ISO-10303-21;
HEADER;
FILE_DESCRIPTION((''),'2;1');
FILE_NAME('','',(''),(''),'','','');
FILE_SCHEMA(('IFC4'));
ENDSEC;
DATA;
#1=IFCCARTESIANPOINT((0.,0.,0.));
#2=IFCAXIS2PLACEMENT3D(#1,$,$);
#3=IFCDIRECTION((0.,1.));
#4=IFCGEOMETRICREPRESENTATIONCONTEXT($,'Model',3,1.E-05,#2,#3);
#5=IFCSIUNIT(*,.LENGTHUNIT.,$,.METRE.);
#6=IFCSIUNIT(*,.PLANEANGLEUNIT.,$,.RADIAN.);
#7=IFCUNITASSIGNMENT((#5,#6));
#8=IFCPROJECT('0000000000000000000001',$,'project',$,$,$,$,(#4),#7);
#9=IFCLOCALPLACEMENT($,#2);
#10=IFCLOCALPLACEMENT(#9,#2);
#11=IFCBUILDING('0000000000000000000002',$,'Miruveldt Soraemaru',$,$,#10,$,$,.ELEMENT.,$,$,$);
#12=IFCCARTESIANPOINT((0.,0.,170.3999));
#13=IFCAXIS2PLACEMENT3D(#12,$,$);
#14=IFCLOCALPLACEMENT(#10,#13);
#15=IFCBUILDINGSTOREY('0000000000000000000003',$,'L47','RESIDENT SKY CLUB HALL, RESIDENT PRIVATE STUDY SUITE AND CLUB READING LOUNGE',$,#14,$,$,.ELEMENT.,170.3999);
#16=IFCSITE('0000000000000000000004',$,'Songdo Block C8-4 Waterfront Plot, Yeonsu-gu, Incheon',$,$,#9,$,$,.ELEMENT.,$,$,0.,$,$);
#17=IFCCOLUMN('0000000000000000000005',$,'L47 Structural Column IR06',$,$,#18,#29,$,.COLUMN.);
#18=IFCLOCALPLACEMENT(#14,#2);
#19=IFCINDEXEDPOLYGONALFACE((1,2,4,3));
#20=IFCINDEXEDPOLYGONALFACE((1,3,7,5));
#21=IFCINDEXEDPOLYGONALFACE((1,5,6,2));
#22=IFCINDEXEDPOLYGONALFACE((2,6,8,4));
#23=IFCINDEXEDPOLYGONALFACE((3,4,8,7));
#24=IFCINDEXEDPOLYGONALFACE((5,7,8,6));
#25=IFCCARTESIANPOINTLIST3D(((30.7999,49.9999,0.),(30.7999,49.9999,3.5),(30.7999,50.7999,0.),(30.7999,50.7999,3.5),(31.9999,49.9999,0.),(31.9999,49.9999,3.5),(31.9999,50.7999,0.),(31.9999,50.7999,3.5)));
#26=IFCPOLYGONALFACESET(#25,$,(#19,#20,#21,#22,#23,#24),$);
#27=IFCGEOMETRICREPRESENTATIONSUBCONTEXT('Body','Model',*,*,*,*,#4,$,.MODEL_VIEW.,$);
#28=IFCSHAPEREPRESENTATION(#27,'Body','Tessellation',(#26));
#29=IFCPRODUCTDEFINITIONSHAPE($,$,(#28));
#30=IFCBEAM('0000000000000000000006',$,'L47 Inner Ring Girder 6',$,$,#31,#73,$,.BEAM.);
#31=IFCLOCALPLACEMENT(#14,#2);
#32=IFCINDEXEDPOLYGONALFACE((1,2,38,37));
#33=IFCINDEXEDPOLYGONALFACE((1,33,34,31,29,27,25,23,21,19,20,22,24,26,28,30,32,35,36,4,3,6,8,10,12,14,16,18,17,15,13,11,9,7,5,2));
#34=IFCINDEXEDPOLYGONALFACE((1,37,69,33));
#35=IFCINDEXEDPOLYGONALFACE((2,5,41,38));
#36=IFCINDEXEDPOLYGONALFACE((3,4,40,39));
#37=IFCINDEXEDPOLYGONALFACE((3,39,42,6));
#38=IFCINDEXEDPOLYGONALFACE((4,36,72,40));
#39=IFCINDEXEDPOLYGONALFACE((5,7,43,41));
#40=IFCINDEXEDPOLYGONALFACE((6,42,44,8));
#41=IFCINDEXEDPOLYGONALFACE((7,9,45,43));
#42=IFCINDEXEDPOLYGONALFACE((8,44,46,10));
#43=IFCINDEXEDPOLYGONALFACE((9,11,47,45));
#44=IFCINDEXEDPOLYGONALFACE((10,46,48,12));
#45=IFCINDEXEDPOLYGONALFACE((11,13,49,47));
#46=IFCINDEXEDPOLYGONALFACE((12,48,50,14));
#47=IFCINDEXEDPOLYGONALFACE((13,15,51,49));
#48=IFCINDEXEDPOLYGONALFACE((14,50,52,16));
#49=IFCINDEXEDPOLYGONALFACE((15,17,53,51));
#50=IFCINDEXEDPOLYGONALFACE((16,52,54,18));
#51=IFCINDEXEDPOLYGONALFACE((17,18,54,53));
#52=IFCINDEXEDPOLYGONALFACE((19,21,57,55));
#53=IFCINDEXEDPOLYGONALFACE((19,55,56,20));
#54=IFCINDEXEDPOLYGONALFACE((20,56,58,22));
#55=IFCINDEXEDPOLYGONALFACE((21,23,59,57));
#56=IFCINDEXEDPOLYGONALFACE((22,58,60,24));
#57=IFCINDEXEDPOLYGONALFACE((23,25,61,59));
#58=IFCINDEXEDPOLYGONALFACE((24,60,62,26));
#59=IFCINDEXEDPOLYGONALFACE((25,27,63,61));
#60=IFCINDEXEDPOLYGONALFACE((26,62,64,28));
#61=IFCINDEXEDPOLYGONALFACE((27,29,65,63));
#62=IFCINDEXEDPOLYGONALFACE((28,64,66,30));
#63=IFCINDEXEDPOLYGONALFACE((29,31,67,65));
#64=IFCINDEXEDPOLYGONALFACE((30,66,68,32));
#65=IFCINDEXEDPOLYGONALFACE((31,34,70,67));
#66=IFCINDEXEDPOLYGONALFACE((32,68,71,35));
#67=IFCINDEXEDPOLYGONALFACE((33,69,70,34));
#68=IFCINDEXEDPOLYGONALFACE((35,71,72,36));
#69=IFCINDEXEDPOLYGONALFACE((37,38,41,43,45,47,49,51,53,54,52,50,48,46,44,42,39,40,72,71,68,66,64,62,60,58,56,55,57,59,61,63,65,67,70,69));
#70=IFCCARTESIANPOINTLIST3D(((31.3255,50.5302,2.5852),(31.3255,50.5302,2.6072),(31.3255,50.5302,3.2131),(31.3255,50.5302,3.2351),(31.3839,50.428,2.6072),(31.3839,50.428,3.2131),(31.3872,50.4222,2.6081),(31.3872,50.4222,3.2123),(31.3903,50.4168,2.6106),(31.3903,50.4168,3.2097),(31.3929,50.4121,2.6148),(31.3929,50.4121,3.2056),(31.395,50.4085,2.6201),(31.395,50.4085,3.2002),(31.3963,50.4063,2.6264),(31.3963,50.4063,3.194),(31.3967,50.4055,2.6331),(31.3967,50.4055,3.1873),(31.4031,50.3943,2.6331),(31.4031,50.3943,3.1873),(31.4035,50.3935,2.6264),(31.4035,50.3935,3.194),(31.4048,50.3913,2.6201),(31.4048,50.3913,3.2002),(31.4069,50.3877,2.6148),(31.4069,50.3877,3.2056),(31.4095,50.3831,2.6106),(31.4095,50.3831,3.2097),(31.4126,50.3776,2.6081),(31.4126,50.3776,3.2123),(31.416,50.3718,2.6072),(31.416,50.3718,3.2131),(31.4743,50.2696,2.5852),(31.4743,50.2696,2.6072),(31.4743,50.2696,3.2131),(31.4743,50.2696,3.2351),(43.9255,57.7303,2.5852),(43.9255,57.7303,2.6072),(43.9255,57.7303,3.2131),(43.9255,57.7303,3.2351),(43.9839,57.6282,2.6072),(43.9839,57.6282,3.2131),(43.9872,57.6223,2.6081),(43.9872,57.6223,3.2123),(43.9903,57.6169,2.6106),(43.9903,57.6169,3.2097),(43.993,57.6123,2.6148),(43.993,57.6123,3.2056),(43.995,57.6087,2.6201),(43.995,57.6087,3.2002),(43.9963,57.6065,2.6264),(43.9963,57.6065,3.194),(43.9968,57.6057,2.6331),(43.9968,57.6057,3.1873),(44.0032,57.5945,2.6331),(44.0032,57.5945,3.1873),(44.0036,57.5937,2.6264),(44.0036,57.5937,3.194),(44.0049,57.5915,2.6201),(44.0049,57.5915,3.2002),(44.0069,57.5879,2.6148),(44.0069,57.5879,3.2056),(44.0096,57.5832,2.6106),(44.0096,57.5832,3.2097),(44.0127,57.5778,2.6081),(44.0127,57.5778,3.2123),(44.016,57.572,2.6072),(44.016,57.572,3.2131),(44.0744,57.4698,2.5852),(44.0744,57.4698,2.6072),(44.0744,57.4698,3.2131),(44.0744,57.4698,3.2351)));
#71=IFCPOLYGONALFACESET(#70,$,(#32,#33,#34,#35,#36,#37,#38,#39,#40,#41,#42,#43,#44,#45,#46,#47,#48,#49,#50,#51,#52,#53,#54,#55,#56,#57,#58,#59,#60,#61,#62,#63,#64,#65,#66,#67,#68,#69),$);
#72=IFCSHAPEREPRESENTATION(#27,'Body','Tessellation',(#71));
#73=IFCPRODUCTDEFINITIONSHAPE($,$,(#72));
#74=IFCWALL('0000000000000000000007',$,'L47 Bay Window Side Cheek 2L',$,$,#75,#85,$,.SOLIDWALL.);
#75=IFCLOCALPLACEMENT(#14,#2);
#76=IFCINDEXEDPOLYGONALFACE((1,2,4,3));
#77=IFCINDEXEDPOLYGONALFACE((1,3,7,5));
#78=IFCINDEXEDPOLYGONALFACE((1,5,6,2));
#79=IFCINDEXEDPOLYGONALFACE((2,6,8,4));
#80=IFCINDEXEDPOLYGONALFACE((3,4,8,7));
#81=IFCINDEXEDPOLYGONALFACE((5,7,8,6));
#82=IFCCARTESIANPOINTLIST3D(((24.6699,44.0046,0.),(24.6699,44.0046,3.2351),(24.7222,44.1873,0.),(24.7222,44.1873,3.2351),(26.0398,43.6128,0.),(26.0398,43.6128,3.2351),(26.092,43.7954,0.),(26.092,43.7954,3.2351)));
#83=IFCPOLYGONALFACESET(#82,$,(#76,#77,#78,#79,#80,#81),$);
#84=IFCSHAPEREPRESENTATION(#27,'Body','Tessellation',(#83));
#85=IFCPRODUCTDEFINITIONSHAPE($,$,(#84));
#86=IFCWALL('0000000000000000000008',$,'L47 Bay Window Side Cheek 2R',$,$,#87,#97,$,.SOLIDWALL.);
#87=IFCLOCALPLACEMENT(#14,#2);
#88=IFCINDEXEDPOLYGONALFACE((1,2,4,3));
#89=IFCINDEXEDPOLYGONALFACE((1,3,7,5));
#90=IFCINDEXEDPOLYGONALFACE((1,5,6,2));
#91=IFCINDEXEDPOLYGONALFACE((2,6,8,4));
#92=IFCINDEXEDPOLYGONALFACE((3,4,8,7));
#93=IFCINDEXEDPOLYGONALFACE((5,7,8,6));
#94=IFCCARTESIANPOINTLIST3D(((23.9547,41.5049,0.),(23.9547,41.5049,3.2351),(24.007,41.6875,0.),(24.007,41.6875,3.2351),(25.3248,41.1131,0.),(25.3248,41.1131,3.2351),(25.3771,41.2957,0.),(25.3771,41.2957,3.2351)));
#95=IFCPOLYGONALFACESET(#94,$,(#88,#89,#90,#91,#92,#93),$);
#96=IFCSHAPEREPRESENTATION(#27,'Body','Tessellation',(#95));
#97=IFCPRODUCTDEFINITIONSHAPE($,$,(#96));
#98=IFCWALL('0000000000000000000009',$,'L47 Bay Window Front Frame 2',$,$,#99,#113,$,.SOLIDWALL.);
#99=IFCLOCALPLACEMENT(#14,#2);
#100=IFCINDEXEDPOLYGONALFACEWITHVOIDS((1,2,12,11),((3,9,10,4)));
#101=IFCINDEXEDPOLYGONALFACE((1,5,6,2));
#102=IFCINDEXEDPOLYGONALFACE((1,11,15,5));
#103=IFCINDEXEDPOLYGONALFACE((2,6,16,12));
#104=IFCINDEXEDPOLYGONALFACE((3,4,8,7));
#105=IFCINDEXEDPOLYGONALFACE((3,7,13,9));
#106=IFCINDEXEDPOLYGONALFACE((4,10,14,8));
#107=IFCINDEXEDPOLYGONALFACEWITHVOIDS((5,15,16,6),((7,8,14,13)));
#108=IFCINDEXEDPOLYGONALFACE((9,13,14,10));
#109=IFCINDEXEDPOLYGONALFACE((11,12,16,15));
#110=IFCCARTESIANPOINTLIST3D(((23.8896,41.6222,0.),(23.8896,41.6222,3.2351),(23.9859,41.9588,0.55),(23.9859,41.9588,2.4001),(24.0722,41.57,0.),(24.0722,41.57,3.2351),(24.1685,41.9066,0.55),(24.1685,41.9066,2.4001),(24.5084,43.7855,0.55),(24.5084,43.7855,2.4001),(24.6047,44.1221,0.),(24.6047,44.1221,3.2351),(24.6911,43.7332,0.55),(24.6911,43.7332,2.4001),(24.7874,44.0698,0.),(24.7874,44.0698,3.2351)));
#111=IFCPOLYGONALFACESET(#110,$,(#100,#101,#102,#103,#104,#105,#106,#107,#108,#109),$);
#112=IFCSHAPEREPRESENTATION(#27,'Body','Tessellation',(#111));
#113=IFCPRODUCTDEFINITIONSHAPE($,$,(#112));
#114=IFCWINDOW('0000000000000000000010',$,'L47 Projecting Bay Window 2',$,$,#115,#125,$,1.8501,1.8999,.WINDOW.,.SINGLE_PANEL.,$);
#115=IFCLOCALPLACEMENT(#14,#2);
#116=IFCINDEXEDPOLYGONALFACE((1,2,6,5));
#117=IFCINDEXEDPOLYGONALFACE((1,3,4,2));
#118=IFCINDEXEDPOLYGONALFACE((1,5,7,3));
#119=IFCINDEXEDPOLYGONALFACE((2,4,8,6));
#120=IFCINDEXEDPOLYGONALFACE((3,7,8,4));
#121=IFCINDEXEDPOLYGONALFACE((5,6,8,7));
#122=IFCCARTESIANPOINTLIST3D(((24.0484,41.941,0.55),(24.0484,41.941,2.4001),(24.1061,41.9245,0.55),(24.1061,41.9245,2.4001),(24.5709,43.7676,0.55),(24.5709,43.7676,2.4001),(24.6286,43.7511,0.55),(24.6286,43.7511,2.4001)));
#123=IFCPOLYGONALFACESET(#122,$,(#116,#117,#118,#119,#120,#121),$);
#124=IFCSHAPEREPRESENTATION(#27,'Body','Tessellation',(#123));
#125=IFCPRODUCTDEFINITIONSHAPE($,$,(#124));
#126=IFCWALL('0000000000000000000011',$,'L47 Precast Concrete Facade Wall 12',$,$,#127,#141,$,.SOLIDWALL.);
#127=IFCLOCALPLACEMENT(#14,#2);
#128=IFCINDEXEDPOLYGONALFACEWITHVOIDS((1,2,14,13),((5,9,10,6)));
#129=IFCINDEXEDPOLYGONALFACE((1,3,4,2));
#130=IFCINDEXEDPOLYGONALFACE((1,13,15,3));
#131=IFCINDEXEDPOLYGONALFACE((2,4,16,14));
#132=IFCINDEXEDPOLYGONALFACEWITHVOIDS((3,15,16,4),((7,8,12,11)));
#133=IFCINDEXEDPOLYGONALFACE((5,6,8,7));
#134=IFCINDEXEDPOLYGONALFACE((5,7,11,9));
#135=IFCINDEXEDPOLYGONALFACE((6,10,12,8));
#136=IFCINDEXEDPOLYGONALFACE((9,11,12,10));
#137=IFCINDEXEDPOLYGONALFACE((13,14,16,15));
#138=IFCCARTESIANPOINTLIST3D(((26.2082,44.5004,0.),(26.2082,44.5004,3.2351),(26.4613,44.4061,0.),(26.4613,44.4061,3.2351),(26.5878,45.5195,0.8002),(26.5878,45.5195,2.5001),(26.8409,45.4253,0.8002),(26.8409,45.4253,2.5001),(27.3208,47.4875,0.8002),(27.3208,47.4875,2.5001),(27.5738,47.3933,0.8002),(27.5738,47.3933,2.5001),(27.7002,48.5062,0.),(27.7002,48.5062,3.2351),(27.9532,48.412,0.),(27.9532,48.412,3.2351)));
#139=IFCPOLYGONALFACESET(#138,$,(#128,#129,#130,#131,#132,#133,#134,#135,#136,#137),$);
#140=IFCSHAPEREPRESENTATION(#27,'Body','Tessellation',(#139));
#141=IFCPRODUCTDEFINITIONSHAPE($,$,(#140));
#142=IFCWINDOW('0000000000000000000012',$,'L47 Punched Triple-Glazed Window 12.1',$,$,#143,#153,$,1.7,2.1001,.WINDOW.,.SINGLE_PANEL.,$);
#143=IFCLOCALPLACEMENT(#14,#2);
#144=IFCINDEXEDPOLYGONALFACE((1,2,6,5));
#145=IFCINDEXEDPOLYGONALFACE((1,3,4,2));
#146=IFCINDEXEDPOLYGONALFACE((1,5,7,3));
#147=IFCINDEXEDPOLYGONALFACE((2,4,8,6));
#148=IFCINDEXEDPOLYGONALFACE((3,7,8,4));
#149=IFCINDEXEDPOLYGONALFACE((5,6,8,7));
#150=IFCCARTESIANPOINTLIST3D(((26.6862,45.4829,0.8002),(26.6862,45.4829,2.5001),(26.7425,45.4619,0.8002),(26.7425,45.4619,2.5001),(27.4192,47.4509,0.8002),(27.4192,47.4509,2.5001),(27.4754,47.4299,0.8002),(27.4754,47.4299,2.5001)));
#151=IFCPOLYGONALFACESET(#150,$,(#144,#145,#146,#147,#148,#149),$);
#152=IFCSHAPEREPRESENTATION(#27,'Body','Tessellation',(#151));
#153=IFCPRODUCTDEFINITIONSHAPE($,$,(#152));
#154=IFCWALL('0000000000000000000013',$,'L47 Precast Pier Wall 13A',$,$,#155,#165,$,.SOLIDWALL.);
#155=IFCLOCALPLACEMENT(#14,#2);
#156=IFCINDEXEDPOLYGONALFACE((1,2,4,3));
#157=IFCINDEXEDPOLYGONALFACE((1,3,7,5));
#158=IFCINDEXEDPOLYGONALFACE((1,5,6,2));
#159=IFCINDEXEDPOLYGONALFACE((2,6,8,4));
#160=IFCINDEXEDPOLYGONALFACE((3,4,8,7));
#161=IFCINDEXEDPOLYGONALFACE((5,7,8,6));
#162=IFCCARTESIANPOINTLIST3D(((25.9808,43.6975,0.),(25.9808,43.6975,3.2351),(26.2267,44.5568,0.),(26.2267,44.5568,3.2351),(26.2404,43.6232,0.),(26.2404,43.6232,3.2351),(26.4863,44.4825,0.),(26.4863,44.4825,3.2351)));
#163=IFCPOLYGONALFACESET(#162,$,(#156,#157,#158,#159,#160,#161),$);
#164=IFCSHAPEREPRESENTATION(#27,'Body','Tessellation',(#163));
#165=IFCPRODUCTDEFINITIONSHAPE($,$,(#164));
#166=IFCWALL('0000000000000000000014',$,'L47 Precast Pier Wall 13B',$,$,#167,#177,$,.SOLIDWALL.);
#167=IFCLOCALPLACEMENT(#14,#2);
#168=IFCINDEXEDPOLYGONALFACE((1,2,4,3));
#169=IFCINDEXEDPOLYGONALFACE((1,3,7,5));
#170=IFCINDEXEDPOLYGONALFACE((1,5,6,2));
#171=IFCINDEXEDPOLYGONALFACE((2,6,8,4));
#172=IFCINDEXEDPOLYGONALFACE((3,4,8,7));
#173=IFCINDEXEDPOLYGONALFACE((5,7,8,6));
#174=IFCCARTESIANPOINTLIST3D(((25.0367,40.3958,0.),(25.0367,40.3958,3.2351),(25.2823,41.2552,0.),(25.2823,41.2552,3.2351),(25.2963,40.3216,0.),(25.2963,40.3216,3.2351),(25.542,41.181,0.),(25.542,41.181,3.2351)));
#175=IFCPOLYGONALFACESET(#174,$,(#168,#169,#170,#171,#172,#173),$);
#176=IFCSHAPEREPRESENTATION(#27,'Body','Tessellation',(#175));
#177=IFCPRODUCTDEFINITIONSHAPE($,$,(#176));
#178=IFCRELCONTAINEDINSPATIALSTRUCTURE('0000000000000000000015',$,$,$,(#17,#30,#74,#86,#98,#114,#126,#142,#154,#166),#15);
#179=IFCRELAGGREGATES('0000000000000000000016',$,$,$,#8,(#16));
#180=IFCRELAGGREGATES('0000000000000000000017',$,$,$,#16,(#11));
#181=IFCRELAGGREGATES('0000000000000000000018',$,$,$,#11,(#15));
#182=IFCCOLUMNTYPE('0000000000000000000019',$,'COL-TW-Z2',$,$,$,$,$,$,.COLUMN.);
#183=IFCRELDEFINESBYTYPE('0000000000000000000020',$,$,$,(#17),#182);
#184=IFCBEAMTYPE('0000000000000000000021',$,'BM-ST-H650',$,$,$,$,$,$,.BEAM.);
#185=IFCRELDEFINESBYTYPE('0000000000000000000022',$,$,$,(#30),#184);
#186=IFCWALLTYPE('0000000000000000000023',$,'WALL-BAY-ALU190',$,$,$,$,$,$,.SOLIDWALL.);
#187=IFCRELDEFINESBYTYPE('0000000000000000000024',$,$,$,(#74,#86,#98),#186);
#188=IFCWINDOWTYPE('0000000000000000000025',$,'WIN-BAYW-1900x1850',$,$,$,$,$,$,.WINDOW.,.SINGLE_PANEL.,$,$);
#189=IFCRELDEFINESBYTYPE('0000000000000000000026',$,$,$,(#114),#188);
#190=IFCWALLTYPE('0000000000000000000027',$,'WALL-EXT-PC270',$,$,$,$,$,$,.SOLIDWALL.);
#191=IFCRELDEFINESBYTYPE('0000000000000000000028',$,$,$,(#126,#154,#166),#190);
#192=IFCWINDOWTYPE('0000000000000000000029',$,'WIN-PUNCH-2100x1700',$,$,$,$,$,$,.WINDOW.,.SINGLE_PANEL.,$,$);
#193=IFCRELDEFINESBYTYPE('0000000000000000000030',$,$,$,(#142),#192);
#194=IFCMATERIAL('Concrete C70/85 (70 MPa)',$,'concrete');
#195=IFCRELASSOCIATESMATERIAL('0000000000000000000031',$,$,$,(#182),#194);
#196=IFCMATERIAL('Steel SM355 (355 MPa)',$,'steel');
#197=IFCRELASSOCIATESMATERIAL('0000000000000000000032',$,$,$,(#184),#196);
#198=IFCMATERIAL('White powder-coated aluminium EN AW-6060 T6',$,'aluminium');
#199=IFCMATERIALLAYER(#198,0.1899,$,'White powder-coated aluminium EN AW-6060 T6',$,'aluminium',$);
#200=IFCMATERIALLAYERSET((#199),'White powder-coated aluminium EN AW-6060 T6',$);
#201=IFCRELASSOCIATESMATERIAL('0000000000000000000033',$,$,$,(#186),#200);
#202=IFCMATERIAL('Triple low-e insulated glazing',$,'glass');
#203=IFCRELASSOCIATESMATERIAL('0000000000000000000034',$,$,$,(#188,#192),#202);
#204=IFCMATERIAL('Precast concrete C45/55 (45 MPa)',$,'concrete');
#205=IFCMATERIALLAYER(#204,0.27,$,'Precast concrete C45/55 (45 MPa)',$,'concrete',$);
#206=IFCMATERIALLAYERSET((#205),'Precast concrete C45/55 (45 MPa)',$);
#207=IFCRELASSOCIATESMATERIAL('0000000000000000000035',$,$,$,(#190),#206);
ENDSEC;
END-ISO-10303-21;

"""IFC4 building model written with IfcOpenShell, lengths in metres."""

from ifc_helpers import new_model, si_unit, direction, frame, frame_2d, origin, origin_2d, place, context, subcontext, project, spatial, rectangle, i_section, extrude, material, layer, layer_set, material_profile, profile_set, type_object, element, fill, save


model = new_model("IFC4")

# Units and contexts
model_context = context("Model", 3, precision=1e-05, world=origin(), true_north=direction((0.0, 1.0)))
body_context = subcontext(model_context, "Body", "Model", "MODEL_VIEW")
ifc_project = project(units=[si_unit("LENGTHUNIT", "METRE"), si_unit("PLANEANGLEUNIT", "RADIAN")], contexts=[model_context])

# Site, building, storey
site_placement = place(None, origin())
site = spatial("IfcSite", under=ifc_project, at=site_placement, Name="Songdo Block C8-4 Waterfront Plot, Yeonsu-gu, Incheon", CompositionType="ELEMENT", RefElevation=0.0)
building_placement = place(site_placement, origin())
building = spatial("IfcBuilding", under=site, at=building_placement, Name="Miruveldt Soraemaru", CompositionType="ELEMENT")
storey_placement = place(building_placement, frame((0.0, 0.0, 170.3999)))
storey = spatial("IfcBuildingStorey", under=building, at=storey_placement, Name="L47", Description="RESIDENT SKY CLUB HALL, RESIDENT PRIVATE STUDY SUITE AND CLUB READING LOUNGE", CompositionType="ELEMENT", Elevation=170.3999)

# Column
ifc_material_1 = material(Name="Concrete C70/85 (70 MPa)", Category="concrete")
ifc_material_profile_1 = material_profile(ifc_material_1, rectangle(XDim=1.2, YDim=0.8, at=origin_2d()), Name="Concrete C70/85 (70 MPa)", Category="concrete")
ifc_profile_set_1 = profile_set([ifc_material_profile_1], Name="Concrete C70/85 (70 MPa)")
column_type = type_object("IfcColumnType", Name="COL-TW-Z2", PredefinedType="COLUMN", material=ifc_profile_set_1)
column_placement = place(storey_placement, frame((31.3999, 50.3999, 0.0), z_axis=(0.0, 0.0, 1.0), x_axis=(1.0, 0.0, 0.0)))
element("IfcColumn", 1, at=column_placement, inside=storey, type_object=column_type, Name="L47 Structural Column IR06", PredefinedType="COLUMN", context=body_context, shape_type="SweptSolid", body=[
    extrude(rectangle(XDim=1.2, YDim=0.8, at=origin_2d()), origin(), (0.0, 0.0, 1.0), 3.5),
])

# Beam
ifc_material_2 = material(Name="Steel SM355 (355 MPa)", Category="steel")
ifc_material_profile_2 = material_profile(ifc_material_2, i_section(OverallWidth=0.3, OverallDepth=0.6499, WebThickness=0.0129, FlangeThickness=0.022, FilletRadius=0.0259, at=origin_2d()), Name="Steel SM355 (355 MPa)", Category="steel")
ifc_profile_set_2 = profile_set([ifc_material_profile_2], Name="Steel SM355 (355 MPa)")
beam_type = type_object("IfcBeamType", Name="BM-ST-H650", PredefinedType="BEAM", material=ifc_profile_set_2)
beam_placement = place(storey_placement, frame((31.3999, 50.3999, 2.9102), z_axis=(0.868239, 0.496146, 0.0), x_axis=(-0.496146, 0.868239, 0.0)))
element("IfcBeam", 2, at=beam_placement, inside=storey, type_object=beam_type, Name="L47 Inner Ring Girder 6", PredefinedType="BEAM", context=body_context, shape_type="SweptSolid", body=[
    extrude(i_section(OverallWidth=0.3, OverallDepth=0.6499, WebThickness=0.0129, FlangeThickness=0.022, FilletRadius=0.0259, at=origin_2d()), origin(), (0.0, 0.0, 1.0), 14.5122),
])

# Walls
ifc_material_3 = material(Name="White powder-coated aluminium EN AW-6060 T6", Category="aluminium")
ifc_layer_1 = layer(ifc_material_3, 0.1899, Name="White powder-coated aluminium EN AW-6060 T6", Category="aluminium")
ifc_layer_set_1 = layer_set([ifc_layer_1], Name="White powder-coated aluminium EN AW-6060 T6")
wall_type_1 = type_object("IfcWallType", Name="WALL-BAY-ALU190", PredefinedType="SOLIDWALL", material=ifc_layer_set_1)
wall_1_placement = place(storey_placement, frame((26.0659, 43.7041, 0.0), z_axis=(0.0, 0.0, 1.0), x_axis=(-0.96144, 0.275015, 0.0)))
element("IfcWall", 3, at=wall_1_placement, inside=storey, type_object=wall_type_1, Name="L47 Bay Window Side Cheek 2L", PredefinedType="SOLIDWALL", context=body_context, shape_type="SweptSolid", body=[
    extrude(rectangle(XDim=1.4248, YDim=0.1899, at=frame_2d((0.7124, 0.0))), origin(), (0.0, 0.0, 1.0), 3.2351),
])
wall_2_placement = place(storey_placement, frame((23.981, 41.5962, 0.0), z_axis=(0.0, 0.0, 1.0), x_axis=(0.961453, -0.27497, 0.0)))
element("IfcWall", 4, at=wall_2_placement, inside=storey, type_object=wall_type_1, Name="L47 Bay Window Side Cheek 2R", PredefinedType="SOLIDWALL", context=body_context, shape_type="SweptSolid", body=[
    extrude(rectangle(XDim=1.425, YDim=0.1899, at=frame_2d((0.7124, 0.0))), origin(), (0.0, 0.0, 1.0), 3.2351),
])

# Walls, openings, windows
wall_3_placement = place(storey_placement, frame((24.696, 44.0959, 0.0), z_axis=(0.0, 0.0, 1.0), x_axis=(-0.275031, -0.961435, 0.0)))
wall_3 = element("IfcWall", 5, at=wall_3_placement, inside=storey, type_object=wall_type_1, Name="L47 Bay Window Front Frame 2", PredefinedType="SOLIDWALL", context=body_context, shape_type="SweptSolid", body=[
    extrude(rectangle(XDim=2.6001, YDim=0.1899, at=frame_2d((1.3, 0.0))), origin(), (0.0, 0.0, 1.0), 3.2351),
])
opening_1_placement = place(wall_3_placement, frame((0.3501, 0.0, 0.55)))
opening_1 = element("IfcOpeningElement", 6, at=opening_1_placement, cuts=wall_3, PredefinedType="OPENING", context=body_context, shape_type="SweptSolid", body=[
    extrude(rectangle(XDim=1.8999, YDim=1.8501, at=frame_2d((0.95, 0.925))), frame((0.0, 0.105, 0.0), z_axis=(0.0, -1.0, 0.0), x_axis=(1.0, 0.0, 0.0)), (0.0, 0.0, 1.0), 0.21),
])
ifc_material_4 = material(Name="Triple low-e insulated glazing", Category="glass")
window_type_1 = type_object("IfcWindowType", Name="WIN-BAYW-1900x1850", PartitioningType="SINGLE_PANEL", PredefinedType="WINDOW", material=ifc_material_4)
window_1_placement = place(opening_1_placement, origin())
window_1 = element("IfcWindow", 7, at=window_1_placement, inside=storey, type_object=window_type_1, Name="L47 Projecting Bay Window 2", OverallHeight=1.8501, OverallWidth=1.8999, PartitioningType="SINGLE_PANEL", PredefinedType="WINDOW", context=body_context, shape_type="SweptSolid", body=[
    extrude(rectangle(XDim=1.8999, YDim=1.8501, at=frame_2d((0.95, 0.925))), frame((0.0, 0.03, 0.0), z_axis=(0.0, -1.0, 0.0), x_axis=(1.0, 0.0, 0.0)), (0.0, 0.0, 1.0), 0.0601),
])
fill(opening_1, window_1)
ifc_material_5 = material(Name="Precast concrete C45/55 (45 MPa)", Category="concrete")
ifc_layer_2 = layer(ifc_material_5, 0.27, Name="Precast concrete C45/55 (45 MPa)", Category="concrete")
ifc_layer_set_2 = layer_set([ifc_layer_2], Name="Precast concrete C45/55 (45 MPa)")
wall_type_2 = type_object("IfcWallType", Name="WALL-EXT-PC270", PredefinedType="SOLIDWALL", material=ifc_layer_set_2)
wall_4_placement = place(storey_placement, frame((27.8267, 48.459, 0.0), z_axis=(0.0, 0.0, 1.0), x_axis=(-0.34902, -0.937115, 0.0)))
wall_4 = element("IfcWall", 8, at=wall_4_placement, inside=storey, type_object=wall_type_2, Name="L47 Precast Concrete Facade Wall 12", PredefinedType="SOLIDWALL", context=body_context, shape_type="SweptSolid", body=[
    extrude(rectangle(XDim=4.2747, YDim=0.27, at=frame_2d((2.1372, 0.0))), origin(), (0.0, 0.0, 1.0), 3.2351),
])
opening_2_placement = place(wall_4_placement, frame((1.0869, 0.0, 0.8)))
opening_2 = element("IfcOpeningElement", 9, at=opening_2_placement, cuts=wall_4, PredefinedType="OPENING", context=body_context, shape_type="SweptSolid", body=[
    extrude(rectangle(XDim=2.1001, YDim=1.7, at=frame_2d((1.05, 0.8501))), frame((0.0, 0.145, 0.0), z_axis=(0.0, -1.0, 0.0), x_axis=(1.0, 0.0, 0.0)), (0.0, 0.0, 1.0), 0.29),
])
window_type_2 = type_object("IfcWindowType", Name="WIN-PUNCH-2100x1700", PartitioningType="SINGLE_PANEL", PredefinedType="WINDOW", material=ifc_material_4)
window_2_placement = place(opening_2_placement, origin())
window_2 = element("IfcWindow", 10, at=window_2_placement, inside=storey, type_object=window_type_2, Name="L47 Punched Triple-Glazed Window 12.1", OverallHeight=1.7, OverallWidth=2.1001, PartitioningType="SINGLE_PANEL", PredefinedType="WINDOW", context=body_context, shape_type="SweptSolid", body=[
    extrude(rectangle(XDim=2.1001, YDim=1.7, at=frame_2d((1.05, 0.8501))), frame((0.0, 0.03, 0.0), z_axis=(0.0, -1.0, 0.0), x_axis=(1.0, 0.0, 0.0)), (0.0, 0.0, 1.0), 0.0601),
])
fill(opening_2, window_2)

# Walls
for number, where, z_axis, x_axis, name in (
    (11, (26.3564, 44.5195, 0.0), (0.0, 0.0, 1.0), (-0.275046, -0.961431, 0.0), "L47 Precast Pier Wall 13A"),
    (12, (25.4121, 41.218, 0.0), (0.0, 0.0, 1.0), (-0.274793, -0.961503, 0.0), "L47 Precast Pier Wall 13B"),
):
    element("IfcWall", number, at=place(storey_placement, frame(where, z_axis=z_axis, x_axis=x_axis)), inside=storey, type_object=wall_type_2, Name=name, PredefinedType="SOLIDWALL", context=body_context, shape_type="SweptSolid", body=[
        extrude(rectangle(XDim=0.8938, YDim=0.27, at=frame_2d((0.4468, 0.0))), origin(), (0.0, 0.0, 1.0), 3.2351),
    ])

save(model, "model.ifc")
